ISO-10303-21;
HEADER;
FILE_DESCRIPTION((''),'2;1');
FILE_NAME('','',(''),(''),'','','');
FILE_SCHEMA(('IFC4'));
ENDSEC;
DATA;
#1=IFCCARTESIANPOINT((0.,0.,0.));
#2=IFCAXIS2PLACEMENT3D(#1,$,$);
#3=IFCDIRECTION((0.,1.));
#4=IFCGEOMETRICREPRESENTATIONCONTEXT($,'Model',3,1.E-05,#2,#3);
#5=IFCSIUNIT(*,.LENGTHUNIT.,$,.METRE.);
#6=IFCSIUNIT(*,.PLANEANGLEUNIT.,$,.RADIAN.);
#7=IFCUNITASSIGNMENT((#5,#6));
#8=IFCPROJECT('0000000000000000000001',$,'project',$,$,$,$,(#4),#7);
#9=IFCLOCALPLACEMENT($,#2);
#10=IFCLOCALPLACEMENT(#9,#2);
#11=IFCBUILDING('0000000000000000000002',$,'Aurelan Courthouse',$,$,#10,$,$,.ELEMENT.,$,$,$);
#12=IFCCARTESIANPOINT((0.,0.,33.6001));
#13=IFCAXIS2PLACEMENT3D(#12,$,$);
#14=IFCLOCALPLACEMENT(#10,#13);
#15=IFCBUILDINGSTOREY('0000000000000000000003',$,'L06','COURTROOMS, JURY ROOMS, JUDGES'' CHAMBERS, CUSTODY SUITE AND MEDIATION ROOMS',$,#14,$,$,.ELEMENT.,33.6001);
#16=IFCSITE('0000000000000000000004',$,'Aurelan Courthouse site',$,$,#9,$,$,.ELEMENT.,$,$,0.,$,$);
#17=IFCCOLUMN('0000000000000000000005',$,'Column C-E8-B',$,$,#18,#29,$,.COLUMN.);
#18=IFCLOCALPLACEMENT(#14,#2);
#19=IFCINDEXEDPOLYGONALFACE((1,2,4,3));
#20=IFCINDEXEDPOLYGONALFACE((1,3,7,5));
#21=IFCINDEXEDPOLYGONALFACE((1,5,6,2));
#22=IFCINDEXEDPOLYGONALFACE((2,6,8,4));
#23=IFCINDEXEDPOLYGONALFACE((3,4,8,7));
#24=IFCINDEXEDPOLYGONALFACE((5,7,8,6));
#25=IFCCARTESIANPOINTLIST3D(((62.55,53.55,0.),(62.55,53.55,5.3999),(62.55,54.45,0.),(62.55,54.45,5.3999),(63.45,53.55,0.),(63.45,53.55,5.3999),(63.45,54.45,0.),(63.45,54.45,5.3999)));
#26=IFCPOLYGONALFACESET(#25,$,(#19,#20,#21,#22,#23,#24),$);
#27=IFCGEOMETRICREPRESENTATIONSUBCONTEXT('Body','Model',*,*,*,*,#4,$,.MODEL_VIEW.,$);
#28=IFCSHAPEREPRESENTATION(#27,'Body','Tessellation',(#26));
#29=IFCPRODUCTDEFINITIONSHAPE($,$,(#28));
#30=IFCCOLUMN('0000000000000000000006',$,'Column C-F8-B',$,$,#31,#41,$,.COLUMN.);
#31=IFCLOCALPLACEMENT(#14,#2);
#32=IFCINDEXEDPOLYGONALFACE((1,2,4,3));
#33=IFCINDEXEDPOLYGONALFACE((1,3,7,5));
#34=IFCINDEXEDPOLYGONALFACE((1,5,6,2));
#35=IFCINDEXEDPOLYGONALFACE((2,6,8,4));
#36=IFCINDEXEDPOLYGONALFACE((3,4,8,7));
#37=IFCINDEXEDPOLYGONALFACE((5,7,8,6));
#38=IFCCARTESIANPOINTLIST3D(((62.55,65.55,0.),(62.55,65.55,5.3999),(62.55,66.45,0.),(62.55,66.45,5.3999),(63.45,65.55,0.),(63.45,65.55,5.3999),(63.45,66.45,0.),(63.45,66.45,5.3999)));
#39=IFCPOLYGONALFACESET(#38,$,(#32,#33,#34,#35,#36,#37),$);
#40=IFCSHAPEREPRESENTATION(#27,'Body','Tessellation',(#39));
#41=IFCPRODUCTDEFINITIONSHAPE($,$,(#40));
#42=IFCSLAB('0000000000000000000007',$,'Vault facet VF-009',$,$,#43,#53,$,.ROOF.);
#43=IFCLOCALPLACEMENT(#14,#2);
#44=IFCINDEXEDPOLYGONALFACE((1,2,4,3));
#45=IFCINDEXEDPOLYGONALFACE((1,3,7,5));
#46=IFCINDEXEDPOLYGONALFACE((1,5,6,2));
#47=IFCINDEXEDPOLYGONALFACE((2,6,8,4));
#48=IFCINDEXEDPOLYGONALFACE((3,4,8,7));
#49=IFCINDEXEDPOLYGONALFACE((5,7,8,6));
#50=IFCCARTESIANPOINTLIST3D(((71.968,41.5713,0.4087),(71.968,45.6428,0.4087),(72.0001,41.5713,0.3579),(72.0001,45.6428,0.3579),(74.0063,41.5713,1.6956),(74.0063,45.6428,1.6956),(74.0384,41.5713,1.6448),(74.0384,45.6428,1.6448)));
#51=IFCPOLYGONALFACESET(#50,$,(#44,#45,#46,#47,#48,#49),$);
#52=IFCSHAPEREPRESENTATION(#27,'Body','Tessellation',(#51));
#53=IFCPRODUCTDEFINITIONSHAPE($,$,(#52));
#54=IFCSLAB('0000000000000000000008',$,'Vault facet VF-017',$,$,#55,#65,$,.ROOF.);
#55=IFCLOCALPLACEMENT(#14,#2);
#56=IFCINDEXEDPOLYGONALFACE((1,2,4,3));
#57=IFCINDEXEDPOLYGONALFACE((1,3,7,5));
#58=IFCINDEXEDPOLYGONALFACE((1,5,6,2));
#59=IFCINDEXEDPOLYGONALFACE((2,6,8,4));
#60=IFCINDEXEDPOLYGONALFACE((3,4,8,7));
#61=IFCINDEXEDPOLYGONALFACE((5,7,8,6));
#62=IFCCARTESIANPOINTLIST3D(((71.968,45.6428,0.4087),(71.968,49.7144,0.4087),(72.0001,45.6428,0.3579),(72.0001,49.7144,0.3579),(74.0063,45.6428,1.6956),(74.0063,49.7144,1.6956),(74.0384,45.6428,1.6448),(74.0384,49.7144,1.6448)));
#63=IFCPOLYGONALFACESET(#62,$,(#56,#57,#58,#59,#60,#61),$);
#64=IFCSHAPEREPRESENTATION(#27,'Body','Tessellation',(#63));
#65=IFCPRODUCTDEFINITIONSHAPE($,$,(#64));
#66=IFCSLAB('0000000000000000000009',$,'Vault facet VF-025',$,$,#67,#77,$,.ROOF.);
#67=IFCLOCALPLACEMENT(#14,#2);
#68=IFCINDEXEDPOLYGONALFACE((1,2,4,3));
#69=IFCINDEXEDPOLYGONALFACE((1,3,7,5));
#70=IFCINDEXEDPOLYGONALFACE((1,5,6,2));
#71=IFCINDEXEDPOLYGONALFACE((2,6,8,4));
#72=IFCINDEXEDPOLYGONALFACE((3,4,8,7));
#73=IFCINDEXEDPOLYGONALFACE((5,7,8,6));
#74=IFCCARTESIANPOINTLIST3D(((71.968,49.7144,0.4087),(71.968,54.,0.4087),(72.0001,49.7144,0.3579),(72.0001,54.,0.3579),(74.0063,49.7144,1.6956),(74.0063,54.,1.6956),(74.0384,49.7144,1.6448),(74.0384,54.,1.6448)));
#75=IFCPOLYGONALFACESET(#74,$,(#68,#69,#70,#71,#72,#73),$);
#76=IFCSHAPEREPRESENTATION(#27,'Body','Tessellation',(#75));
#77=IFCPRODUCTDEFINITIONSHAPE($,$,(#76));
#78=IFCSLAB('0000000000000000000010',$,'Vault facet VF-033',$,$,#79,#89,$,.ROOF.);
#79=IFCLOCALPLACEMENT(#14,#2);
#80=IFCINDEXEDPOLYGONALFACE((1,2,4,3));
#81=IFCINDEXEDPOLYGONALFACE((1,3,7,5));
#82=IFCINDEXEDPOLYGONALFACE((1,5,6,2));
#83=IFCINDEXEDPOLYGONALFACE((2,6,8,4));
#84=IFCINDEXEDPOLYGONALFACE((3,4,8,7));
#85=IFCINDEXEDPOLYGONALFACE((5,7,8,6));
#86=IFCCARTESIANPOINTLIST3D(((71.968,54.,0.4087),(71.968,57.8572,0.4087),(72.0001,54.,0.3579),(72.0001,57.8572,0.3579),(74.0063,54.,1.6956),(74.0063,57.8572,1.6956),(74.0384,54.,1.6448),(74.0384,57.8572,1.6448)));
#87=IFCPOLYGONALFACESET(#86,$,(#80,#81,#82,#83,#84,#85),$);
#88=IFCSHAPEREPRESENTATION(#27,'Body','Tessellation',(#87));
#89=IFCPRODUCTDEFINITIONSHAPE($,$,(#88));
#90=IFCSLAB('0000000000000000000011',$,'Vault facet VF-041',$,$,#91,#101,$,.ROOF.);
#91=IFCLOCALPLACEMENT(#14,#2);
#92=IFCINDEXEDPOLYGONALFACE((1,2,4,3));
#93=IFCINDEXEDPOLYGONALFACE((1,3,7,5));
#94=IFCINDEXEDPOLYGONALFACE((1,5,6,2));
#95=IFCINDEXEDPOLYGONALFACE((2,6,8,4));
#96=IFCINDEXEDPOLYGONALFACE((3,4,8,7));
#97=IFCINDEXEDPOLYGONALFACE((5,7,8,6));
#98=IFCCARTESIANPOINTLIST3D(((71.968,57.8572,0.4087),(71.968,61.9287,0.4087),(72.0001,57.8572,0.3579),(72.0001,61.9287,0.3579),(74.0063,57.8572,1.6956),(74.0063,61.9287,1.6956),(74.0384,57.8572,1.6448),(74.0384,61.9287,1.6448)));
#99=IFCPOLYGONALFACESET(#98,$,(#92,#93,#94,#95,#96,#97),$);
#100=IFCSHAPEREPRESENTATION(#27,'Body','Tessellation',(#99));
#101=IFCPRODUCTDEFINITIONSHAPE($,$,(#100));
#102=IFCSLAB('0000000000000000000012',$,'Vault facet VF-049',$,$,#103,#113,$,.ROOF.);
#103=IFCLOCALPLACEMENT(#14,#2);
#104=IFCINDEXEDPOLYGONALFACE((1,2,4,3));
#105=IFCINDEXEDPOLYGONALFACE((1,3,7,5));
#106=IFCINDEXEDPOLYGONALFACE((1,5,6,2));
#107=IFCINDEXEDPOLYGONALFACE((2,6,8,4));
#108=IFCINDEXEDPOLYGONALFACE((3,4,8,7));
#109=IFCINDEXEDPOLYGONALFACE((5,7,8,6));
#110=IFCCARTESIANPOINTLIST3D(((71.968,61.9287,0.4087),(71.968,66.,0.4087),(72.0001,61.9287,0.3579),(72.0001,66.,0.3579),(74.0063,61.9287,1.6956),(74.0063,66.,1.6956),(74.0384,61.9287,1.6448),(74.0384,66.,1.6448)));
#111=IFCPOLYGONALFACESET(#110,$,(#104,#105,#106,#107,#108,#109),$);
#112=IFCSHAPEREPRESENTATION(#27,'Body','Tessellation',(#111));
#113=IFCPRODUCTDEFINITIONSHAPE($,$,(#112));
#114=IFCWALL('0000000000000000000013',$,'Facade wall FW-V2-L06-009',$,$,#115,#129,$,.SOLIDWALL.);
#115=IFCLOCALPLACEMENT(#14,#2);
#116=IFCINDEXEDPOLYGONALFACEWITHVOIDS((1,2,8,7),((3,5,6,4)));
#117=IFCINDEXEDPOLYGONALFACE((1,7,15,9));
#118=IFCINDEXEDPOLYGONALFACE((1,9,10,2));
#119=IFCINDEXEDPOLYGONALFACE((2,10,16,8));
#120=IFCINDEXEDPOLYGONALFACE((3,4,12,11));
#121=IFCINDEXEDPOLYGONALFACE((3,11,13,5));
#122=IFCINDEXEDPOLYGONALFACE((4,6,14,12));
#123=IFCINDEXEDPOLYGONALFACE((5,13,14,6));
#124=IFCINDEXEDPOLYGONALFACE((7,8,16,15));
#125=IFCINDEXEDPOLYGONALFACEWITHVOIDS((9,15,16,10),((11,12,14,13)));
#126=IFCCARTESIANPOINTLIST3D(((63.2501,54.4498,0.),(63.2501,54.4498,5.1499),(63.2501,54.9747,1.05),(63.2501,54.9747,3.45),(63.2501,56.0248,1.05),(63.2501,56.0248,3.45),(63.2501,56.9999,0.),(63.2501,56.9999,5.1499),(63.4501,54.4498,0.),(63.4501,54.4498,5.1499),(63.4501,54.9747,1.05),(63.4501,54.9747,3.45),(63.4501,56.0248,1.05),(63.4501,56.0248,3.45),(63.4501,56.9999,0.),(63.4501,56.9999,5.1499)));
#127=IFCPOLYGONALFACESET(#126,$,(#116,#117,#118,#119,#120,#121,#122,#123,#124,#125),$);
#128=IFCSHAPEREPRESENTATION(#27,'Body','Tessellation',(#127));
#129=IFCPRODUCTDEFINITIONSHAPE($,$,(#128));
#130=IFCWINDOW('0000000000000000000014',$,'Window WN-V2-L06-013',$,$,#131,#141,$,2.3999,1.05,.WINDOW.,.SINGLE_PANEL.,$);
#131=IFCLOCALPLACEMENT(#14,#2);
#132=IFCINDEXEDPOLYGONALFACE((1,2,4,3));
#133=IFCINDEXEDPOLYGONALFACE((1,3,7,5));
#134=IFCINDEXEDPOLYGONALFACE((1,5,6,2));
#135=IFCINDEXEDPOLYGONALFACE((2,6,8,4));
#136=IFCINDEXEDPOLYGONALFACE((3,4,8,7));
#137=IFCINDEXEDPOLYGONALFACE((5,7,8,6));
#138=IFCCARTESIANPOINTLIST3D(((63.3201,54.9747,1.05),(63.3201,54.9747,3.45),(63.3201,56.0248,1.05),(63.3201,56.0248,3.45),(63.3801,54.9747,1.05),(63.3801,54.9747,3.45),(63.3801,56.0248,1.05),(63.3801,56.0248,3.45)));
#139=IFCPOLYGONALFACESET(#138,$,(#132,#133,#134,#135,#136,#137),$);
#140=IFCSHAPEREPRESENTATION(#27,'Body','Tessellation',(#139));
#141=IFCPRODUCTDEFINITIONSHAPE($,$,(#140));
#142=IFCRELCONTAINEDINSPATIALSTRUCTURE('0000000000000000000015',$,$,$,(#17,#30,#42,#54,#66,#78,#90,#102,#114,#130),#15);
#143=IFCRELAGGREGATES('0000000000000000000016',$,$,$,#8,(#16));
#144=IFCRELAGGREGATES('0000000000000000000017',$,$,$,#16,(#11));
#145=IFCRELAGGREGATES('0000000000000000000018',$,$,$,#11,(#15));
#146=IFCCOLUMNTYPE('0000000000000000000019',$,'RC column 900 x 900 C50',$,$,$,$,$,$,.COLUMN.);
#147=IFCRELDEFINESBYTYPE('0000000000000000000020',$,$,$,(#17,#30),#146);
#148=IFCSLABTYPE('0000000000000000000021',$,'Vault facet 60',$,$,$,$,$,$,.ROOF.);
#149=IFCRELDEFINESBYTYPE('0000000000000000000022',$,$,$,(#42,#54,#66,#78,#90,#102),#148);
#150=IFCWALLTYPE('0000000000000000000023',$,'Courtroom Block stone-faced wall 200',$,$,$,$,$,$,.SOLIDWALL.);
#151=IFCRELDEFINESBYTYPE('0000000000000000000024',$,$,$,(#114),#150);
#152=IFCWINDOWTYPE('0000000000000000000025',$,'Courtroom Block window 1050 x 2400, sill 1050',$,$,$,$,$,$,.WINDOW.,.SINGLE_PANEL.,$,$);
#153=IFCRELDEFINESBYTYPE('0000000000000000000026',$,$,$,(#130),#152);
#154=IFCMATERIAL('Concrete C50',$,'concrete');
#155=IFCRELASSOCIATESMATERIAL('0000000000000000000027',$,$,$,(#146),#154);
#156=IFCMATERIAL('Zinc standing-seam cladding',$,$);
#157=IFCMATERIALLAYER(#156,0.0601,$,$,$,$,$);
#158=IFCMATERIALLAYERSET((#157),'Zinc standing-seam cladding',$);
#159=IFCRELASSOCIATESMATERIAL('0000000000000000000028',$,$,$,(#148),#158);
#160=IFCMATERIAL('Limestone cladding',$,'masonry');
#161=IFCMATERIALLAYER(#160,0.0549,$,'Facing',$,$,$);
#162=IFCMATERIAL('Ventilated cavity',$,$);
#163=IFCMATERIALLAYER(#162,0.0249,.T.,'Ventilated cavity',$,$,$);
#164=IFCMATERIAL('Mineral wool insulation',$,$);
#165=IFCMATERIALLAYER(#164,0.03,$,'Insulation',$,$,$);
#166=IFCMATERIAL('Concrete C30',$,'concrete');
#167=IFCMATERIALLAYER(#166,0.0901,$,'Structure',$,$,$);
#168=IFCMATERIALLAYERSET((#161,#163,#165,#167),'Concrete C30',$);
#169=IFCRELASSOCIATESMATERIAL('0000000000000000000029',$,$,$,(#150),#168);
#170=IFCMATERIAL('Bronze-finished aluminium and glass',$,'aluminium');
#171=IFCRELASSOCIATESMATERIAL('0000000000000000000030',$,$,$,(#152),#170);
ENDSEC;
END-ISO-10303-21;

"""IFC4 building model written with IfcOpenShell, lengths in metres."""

from ifc_helpers import new_model, si_unit, direction, frame, frame_2d, origin, origin_2d, place, context, subcontext, project, spatial, polyline, rectangle, outline, extrude, material, layer, layer_set, material_profile, profile_set, type_object, element, fill, save


model = new_model("IFC4")

# Units and contexts
model_context = context("Model", 3, precision=1e-05, world=origin(), true_north=direction((0.0, 1.0)))
body_context = subcontext(model_context, "Body", "Model", "MODEL_VIEW")
ifc_project = project(units=[si_unit("LENGTHUNIT", "METRE"), si_unit("PLANEANGLEUNIT", "RADIAN")], contexts=[model_context])

# Site, building, storey
site_placement = place(None, origin())
site = spatial("IfcSite", under=ifc_project, at=site_placement, Name="Aurelan Courthouse site", CompositionType="ELEMENT", RefElevation=0.0)
building_placement = place(site_placement, origin())
building = spatial("IfcBuilding", under=site, at=building_placement, Name="Aurelan Courthouse", CompositionType="ELEMENT")
storey_placement = place(building_placement, frame((0.0, 0.0, 33.6001)))
storey = spatial("IfcBuildingStorey", under=building, at=storey_placement, Name="L06", Description="COURTROOMS, JURY ROOMS, JUDGES' CHAMBERS, CUSTODY SUITE AND MEDIATION ROOMS", CompositionType="ELEMENT", Elevation=33.6001)

# Columns
ifc_material_1 = material(Name="Concrete C50", Category="concrete")
ifc_material_profile = material_profile(ifc_material_1, rectangle(XDim=0.8999, YDim=0.8999, at=origin_2d()), Name="RC 900 x 900")
ifc_profile_set = profile_set([ifc_material_profile], Name="Concrete C50")
column_type = type_object("IfcColumnType", Name="RC column 900 x 900 C50", PredefinedType="COLUMN", material=ifc_profile_set)
for number, where, z_axis, x_axis, name in (
    (1, (63.0, 54.0, 0.0), (0.0, 0.0, 1.0), (1.0, 0.0, 0.0), "Column C-E8-B"),
    (2, (63.0, 66.0, 0.0), (0.0, 0.0, 1.0), (1.0, 0.0, 0.0), "Column C-F8-B"),
):
    element("IfcColumn", number, at=place(storey_placement, frame(where, z_axis=z_axis, x_axis=x_axis)), inside=storey, type_object=column_type, Name=name, PredefinedType="COLUMN", context=body_context, shape_type="SweptSolid", body=[
        extrude(rectangle(XDim=0.8999, YDim=0.8999, at=origin_2d()), origin(), (0.0, 0.0, 1.0), 5.3999),
    ])

# Slabs
ifc_material_2 = material(Name="Zinc standing-seam cladding")
ifc_layer_1 = layer(ifc_material_2, 0.0601)
ifc_layer_set_1 = layer_set([ifc_layer_1], Name="Zinc standing-seam cladding")
slab_type = type_object("IfcSlabType", Name="Vault facet 60", PredefinedType="ROOF", material=ifc_layer_set_1)
for number, where, z_axis, x_axis, name in (
    (3, (71.968, 41.5713, 0.4087), (-0.533844, 0.0, 0.845583), (0.845583, 0.0, 0.533844), "Vault facet VF-009"),
    (4, (71.968, 45.6428, 0.4087), (-0.533844, 0.0, 0.845583), (0.845583, 0.0, 0.533844), "Vault facet VF-017"),
):
    element("IfcSlab", number, at=place(storey_placement, frame(where, z_axis=z_axis, x_axis=x_axis)), inside=storey, type_object=slab_type, Name=name, PredefinedType="ROOF", context=body_context, shape_type="SweptSolid", body=[
        extrude(outline(polyline([(0.0, 0.0), (2.4106, 0.0), (2.4106, 4.0715), (0.0, 4.0715), (0.0, 0.0)])), origin(), (0.0, 0.0, -1.0), 0.0601),
    ])
slab_1_placement = place(storey_placement, frame((71.968, 49.7144, 0.4087), z_axis=(-0.533844, 0.0, 0.845583), x_axis=(0.845583, 0.0, 0.533844)))
element("IfcSlab", 5, at=slab_1_placement, inside=storey, type_object=slab_type, Name="Vault facet VF-025", PredefinedType="ROOF", context=body_context, shape_type="SweptSolid", body=[
    extrude(outline(polyline([(0.0, 0.0), (2.4106, 0.0), (2.4106, 4.2856), (0.0, 4.2856), (0.0, 0.0)])), origin(), (0.0, 0.0, -1.0), 0.0601),
])
slab_2_placement = place(storey_placement, frame((71.968, 54.0, 0.4087), z_axis=(-0.533844, 0.0, 0.845583), x_axis=(0.845583, 0.0, 0.533844)))
element("IfcSlab", 6, at=slab_2_placement, inside=storey, type_object=slab_type, Name="Vault facet VF-033", PredefinedType="ROOF", context=body_context, shape_type="SweptSolid", body=[
    extrude(outline(polyline([(0.0, 0.0), (2.4106, 0.0), (2.4106, 3.8572), (0.0, 3.8572), (0.0, 0.0)])), origin(), (0.0, 0.0, -1.0), 0.0601),
])
slab_3_placement = place(storey_placement, frame((71.968, 57.8572, 0.4087), z_axis=(-0.533844, 0.0, 0.845583), x_axis=(0.845583, 0.0, 0.533844)))
element("IfcSlab", 7, at=slab_3_placement, inside=storey, type_object=slab_type, Name="Vault facet VF-041", PredefinedType="ROOF", context=body_context, shape_type="SweptSolid", body=[
    extrude(outline(polyline([(0.0, 0.0), (2.4106, 0.0), (2.4106, 4.0715), (0.0, 4.0715), (0.0, 0.0)])), origin(), (0.0, 0.0, -1.0), 0.0601),
])
slab_4_placement = place(storey_placement, frame((71.968, 61.9287, 0.4087), z_axis=(-0.533844, 0.0, 0.845583), x_axis=(0.845583, 0.0, 0.533844)))
element("IfcSlab", 8, at=slab_4_placement, inside=storey, type_object=slab_type, Name="Vault facet VF-049", PredefinedType="ROOF", context=body_context, shape_type="SweptSolid", body=[
    extrude(outline(polyline([(0.0, 0.0), (2.4106, 0.0), (2.4106, 4.0713), (0.0, 4.0713), (0.0, 0.0)])), origin(), (0.0, 0.0, -1.0), 0.0601),
])

# Wall, opening, window
ifc_material_3 = material(Name="Limestone cladding", Category="masonry")
ifc_layer_2 = layer(ifc_material_3, 0.0549, Name="Facing")
ifc_material_4 = material(Name="Ventilated cavity")
ifc_layer_3 = layer(ifc_material_4, 0.0249, ventilated=True, Name="Ventilated cavity")
ifc_material_5 = material(Name="Mineral wool insulation")
ifc_layer_4 = layer(ifc_material_5, 0.03, Name="Insulation")
ifc_material_6 = material(Name="Concrete C30", Category="concrete")
ifc_layer_5 = layer(ifc_material_6, 0.0901, Name="Structure")
ifc_layer_set_2 = layer_set([ifc_layer_2, ifc_layer_3, ifc_layer_4, ifc_layer_5], Name="Concrete C30")
wall_type_1 = type_object("IfcWallType", Name="Courtroom Block stone-faced wall 200", PredefinedType="SOLIDWALL", material=ifc_layer_set_2)
wall_1_placement = place(storey_placement, frame((63.3501, 54.45, 0.0), z_axis=(0.0, 0.0, 1.0), x_axis=(0.0, 1.0, 0.0)))
wall_1 = element("IfcWall", 9, at=wall_1_placement, inside=storey, type_object=wall_type_1, Name="Facade wall FW-V2-L06-009", PredefinedType="SOLIDWALL", context=body_context, shape_type="SweptSolid", body=[
    extrude(rectangle(XDim=2.55, YDim=0.2, at=frame_2d((1.2749, 0.0))), origin(), (0.0, 0.0, 1.0), 5.1499),
])
opening_1_placement = place(wall_1_placement, frame((0.5249, 0.0, 1.05)))
opening_1 = element("IfcOpeningElement", 10, at=opening_1_placement, cuts=wall_1, PredefinedType="OPENING", context=body_context, shape_type="SweptSolid", body=[
    extrude(rectangle(XDim=1.05, YDim=2.3999, at=frame_2d((0.5249, 1.2))), frame((0.0, 0.1099, 0.0), z_axis=(0.0, -1.0, 0.0), x_axis=(1.0, 0.0, 0.0)), (0.0, 0.0, 1.0), 0.22),
])
ifc_material_7 = material(Name="Bronze-finished aluminium and glass", Category="aluminium")
window_type_1 = type_object("IfcWindowType", Name="Courtroom Block window 1050 x 2400, sill 1050", PartitioningType="SINGLE_PANEL", PredefinedType="WINDOW", material=ifc_material_7)
window_1_placement = place(opening_1_placement, origin())
window_1 = element("IfcWindow", 11, at=window_1_placement, inside=storey, type_object=window_type_1, Name="Window WN-V2-L06-013", OverallHeight=2.3999, OverallWidth=1.05, PartitioningType="SINGLE_PANEL", PredefinedType="WINDOW", context=body_context, shape_type="SweptSolid", body=[
    extrude(rectangle(XDim=1.05, YDim=2.3999, at=frame_2d((0.5249, 1.2))), frame((0.0, 0.03, 0.0), z_axis=(0.0, -1.0, 0.0), x_axis=(1.0, 0.0, 0.0)), (0.0, 0.0, 1.0), 0.0601),
])
fill(opening_1, window_1)

save(model, "model.ifc")
